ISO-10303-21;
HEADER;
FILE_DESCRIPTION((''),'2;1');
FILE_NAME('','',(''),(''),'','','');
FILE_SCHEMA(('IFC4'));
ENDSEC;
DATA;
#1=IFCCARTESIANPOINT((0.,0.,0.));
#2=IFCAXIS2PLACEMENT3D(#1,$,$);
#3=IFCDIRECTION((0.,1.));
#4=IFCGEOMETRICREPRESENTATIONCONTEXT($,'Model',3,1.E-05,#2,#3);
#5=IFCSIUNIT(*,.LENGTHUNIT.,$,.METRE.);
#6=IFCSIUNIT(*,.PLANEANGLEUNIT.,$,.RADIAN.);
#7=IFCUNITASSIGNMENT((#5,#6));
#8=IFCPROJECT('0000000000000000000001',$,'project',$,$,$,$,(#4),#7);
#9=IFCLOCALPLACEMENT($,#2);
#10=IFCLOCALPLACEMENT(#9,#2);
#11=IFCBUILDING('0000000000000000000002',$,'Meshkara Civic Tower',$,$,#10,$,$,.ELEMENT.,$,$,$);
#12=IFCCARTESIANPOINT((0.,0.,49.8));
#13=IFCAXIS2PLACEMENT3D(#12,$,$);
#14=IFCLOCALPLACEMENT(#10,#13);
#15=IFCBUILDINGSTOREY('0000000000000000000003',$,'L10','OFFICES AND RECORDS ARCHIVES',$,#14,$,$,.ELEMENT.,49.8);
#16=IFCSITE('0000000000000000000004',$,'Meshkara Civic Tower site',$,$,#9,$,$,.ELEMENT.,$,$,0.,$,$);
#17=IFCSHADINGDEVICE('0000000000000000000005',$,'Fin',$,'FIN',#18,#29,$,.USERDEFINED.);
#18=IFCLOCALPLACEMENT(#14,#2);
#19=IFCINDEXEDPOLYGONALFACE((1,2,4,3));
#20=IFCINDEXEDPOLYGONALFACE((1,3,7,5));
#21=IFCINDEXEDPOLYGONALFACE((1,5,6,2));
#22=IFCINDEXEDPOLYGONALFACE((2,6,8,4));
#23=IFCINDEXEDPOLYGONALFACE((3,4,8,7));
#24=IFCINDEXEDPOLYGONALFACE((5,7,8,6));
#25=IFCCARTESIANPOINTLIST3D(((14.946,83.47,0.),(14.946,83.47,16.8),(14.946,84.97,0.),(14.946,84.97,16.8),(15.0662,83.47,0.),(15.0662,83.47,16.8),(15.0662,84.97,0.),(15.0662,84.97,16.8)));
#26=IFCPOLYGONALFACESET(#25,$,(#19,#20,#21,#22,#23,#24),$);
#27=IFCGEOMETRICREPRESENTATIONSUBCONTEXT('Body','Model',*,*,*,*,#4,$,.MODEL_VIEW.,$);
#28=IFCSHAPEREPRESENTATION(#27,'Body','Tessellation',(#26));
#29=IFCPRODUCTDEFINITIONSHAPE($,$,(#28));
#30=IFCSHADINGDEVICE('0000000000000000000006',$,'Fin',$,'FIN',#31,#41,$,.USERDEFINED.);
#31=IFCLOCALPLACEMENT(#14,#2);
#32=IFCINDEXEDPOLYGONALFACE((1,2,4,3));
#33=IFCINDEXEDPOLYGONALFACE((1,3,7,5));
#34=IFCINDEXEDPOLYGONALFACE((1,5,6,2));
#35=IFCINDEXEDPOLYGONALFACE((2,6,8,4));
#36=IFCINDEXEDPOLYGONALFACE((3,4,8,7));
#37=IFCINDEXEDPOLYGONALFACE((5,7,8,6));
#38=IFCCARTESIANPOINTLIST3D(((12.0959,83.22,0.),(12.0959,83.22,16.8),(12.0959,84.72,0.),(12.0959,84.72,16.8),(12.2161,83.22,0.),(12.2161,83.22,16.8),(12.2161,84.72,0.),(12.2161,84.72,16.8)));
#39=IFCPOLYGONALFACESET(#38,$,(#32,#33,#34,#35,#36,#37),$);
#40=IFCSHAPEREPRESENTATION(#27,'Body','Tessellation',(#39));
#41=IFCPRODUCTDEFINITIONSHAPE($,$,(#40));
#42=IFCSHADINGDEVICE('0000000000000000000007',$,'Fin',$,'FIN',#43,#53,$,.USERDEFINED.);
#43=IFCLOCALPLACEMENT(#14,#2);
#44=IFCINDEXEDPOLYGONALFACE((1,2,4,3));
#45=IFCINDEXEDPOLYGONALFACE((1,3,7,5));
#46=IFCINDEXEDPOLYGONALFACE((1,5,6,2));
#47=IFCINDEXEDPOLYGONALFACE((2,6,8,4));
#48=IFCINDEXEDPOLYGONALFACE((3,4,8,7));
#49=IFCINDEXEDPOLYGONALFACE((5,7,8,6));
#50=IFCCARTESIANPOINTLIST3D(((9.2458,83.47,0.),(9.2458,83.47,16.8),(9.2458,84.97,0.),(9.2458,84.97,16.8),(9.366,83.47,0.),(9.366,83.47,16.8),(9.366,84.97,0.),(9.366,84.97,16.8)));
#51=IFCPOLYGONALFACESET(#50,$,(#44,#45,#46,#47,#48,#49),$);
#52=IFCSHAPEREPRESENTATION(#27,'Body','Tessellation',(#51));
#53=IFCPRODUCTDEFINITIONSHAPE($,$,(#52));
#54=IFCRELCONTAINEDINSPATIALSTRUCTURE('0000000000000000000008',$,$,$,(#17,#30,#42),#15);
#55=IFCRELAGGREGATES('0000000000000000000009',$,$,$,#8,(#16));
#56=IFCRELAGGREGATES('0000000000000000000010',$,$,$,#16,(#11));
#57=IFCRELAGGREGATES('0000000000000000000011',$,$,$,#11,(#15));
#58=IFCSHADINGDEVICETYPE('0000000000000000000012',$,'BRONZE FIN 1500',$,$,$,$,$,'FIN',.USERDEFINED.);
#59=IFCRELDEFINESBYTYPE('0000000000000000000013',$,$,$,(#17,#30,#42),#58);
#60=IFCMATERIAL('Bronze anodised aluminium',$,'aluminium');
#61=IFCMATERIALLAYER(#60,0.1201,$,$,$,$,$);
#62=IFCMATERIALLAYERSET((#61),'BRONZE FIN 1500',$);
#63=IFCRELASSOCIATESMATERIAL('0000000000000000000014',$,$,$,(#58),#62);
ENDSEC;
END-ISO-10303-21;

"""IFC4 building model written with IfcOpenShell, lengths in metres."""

from ifc_helpers import new_model, si_unit, direction, frame, origin, origin_2d, place, context, subcontext, project, spatial, rectangle, extrude, material, layer, layer_set, type_object, element, save


model = new_model("IFC4")

# Units and contexts
model_context = context("Model", 3, precision=1e-05, world=origin(), true_north=direction((0.0, 1.0)))
body_context = subcontext(model_context, "Body", "Model", "MODEL_VIEW")
ifc_project = project(units=[si_unit("LENGTHUNIT", "METRE"), si_unit("PLANEANGLEUNIT", "RADIAN")], contexts=[model_context])

# Site, building, storey
site_placement = place(None, origin())
site = spatial("IfcSite", under=ifc_project, at=site_placement, Name="Meshkara Civic Tower site", CompositionType="ELEMENT", RefElevation=0.0)
building_placement = place(site_placement, origin())
building = spatial("IfcBuilding", under=site, at=building_placement, Name="Meshkara Civic Tower", CompositionType="ELEMENT")
storey_placement = place(building_placement, frame((0.0, 0.0, 49.8)))
storey = spatial("IfcBuildingStorey", under=building, at=storey_placement, Name="L10", Description="OFFICES AND RECORDS ARCHIVES", CompositionType="ELEMENT", Elevation=49.8)

# Shading devices
ifc_material_1 = material(Name="Bronze anodised aluminium", Category="aluminium")
ifc_layer_1 = layer(ifc_material_1, 0.1201)
ifc_layer_set_1 = layer_set([ifc_layer_1], Name="BRONZE FIN 1500")
shading_device_type = type_object("IfcShadingDeviceType", Name="BRONZE FIN 1500", ElementType="FIN", PredefinedType="USERDEFINED", material=ifc_layer_set_1)
for number, where, z_axis, x_axis, name in (
    (1, (15.0061, 84.22, 0.0), (0.0, 0.0, 1.0), (-1.0, 0.0, 0.0), "Fin"),
    (2, (12.156, 83.97, 0.0), (0.0, 0.0, 1.0), (-1.0, 0.0, 0.0), "Fin"),
    (3, (9.3059, 84.22, 0.0), (0.0, 0.0, 1.0), (-1.0, 0.0, 0.0), "Fin"),
):
    element("IfcShadingDevice", number, at=place(storey_placement, frame(where, z_axis=z_axis, x_axis=x_axis)), inside=storey, type_object=shading_device_type, Name=name, ObjectType="FIN", PredefinedType="USERDEFINED", context=body_context, shape_type="SweptSolid", body=[
        extrude(rectangle(XDim=0.1201, YDim=1.5, at=origin_2d()), origin(), (0.0, 0.0, 1.0), 16.8),
    ])

save(model, "model.ifc")
